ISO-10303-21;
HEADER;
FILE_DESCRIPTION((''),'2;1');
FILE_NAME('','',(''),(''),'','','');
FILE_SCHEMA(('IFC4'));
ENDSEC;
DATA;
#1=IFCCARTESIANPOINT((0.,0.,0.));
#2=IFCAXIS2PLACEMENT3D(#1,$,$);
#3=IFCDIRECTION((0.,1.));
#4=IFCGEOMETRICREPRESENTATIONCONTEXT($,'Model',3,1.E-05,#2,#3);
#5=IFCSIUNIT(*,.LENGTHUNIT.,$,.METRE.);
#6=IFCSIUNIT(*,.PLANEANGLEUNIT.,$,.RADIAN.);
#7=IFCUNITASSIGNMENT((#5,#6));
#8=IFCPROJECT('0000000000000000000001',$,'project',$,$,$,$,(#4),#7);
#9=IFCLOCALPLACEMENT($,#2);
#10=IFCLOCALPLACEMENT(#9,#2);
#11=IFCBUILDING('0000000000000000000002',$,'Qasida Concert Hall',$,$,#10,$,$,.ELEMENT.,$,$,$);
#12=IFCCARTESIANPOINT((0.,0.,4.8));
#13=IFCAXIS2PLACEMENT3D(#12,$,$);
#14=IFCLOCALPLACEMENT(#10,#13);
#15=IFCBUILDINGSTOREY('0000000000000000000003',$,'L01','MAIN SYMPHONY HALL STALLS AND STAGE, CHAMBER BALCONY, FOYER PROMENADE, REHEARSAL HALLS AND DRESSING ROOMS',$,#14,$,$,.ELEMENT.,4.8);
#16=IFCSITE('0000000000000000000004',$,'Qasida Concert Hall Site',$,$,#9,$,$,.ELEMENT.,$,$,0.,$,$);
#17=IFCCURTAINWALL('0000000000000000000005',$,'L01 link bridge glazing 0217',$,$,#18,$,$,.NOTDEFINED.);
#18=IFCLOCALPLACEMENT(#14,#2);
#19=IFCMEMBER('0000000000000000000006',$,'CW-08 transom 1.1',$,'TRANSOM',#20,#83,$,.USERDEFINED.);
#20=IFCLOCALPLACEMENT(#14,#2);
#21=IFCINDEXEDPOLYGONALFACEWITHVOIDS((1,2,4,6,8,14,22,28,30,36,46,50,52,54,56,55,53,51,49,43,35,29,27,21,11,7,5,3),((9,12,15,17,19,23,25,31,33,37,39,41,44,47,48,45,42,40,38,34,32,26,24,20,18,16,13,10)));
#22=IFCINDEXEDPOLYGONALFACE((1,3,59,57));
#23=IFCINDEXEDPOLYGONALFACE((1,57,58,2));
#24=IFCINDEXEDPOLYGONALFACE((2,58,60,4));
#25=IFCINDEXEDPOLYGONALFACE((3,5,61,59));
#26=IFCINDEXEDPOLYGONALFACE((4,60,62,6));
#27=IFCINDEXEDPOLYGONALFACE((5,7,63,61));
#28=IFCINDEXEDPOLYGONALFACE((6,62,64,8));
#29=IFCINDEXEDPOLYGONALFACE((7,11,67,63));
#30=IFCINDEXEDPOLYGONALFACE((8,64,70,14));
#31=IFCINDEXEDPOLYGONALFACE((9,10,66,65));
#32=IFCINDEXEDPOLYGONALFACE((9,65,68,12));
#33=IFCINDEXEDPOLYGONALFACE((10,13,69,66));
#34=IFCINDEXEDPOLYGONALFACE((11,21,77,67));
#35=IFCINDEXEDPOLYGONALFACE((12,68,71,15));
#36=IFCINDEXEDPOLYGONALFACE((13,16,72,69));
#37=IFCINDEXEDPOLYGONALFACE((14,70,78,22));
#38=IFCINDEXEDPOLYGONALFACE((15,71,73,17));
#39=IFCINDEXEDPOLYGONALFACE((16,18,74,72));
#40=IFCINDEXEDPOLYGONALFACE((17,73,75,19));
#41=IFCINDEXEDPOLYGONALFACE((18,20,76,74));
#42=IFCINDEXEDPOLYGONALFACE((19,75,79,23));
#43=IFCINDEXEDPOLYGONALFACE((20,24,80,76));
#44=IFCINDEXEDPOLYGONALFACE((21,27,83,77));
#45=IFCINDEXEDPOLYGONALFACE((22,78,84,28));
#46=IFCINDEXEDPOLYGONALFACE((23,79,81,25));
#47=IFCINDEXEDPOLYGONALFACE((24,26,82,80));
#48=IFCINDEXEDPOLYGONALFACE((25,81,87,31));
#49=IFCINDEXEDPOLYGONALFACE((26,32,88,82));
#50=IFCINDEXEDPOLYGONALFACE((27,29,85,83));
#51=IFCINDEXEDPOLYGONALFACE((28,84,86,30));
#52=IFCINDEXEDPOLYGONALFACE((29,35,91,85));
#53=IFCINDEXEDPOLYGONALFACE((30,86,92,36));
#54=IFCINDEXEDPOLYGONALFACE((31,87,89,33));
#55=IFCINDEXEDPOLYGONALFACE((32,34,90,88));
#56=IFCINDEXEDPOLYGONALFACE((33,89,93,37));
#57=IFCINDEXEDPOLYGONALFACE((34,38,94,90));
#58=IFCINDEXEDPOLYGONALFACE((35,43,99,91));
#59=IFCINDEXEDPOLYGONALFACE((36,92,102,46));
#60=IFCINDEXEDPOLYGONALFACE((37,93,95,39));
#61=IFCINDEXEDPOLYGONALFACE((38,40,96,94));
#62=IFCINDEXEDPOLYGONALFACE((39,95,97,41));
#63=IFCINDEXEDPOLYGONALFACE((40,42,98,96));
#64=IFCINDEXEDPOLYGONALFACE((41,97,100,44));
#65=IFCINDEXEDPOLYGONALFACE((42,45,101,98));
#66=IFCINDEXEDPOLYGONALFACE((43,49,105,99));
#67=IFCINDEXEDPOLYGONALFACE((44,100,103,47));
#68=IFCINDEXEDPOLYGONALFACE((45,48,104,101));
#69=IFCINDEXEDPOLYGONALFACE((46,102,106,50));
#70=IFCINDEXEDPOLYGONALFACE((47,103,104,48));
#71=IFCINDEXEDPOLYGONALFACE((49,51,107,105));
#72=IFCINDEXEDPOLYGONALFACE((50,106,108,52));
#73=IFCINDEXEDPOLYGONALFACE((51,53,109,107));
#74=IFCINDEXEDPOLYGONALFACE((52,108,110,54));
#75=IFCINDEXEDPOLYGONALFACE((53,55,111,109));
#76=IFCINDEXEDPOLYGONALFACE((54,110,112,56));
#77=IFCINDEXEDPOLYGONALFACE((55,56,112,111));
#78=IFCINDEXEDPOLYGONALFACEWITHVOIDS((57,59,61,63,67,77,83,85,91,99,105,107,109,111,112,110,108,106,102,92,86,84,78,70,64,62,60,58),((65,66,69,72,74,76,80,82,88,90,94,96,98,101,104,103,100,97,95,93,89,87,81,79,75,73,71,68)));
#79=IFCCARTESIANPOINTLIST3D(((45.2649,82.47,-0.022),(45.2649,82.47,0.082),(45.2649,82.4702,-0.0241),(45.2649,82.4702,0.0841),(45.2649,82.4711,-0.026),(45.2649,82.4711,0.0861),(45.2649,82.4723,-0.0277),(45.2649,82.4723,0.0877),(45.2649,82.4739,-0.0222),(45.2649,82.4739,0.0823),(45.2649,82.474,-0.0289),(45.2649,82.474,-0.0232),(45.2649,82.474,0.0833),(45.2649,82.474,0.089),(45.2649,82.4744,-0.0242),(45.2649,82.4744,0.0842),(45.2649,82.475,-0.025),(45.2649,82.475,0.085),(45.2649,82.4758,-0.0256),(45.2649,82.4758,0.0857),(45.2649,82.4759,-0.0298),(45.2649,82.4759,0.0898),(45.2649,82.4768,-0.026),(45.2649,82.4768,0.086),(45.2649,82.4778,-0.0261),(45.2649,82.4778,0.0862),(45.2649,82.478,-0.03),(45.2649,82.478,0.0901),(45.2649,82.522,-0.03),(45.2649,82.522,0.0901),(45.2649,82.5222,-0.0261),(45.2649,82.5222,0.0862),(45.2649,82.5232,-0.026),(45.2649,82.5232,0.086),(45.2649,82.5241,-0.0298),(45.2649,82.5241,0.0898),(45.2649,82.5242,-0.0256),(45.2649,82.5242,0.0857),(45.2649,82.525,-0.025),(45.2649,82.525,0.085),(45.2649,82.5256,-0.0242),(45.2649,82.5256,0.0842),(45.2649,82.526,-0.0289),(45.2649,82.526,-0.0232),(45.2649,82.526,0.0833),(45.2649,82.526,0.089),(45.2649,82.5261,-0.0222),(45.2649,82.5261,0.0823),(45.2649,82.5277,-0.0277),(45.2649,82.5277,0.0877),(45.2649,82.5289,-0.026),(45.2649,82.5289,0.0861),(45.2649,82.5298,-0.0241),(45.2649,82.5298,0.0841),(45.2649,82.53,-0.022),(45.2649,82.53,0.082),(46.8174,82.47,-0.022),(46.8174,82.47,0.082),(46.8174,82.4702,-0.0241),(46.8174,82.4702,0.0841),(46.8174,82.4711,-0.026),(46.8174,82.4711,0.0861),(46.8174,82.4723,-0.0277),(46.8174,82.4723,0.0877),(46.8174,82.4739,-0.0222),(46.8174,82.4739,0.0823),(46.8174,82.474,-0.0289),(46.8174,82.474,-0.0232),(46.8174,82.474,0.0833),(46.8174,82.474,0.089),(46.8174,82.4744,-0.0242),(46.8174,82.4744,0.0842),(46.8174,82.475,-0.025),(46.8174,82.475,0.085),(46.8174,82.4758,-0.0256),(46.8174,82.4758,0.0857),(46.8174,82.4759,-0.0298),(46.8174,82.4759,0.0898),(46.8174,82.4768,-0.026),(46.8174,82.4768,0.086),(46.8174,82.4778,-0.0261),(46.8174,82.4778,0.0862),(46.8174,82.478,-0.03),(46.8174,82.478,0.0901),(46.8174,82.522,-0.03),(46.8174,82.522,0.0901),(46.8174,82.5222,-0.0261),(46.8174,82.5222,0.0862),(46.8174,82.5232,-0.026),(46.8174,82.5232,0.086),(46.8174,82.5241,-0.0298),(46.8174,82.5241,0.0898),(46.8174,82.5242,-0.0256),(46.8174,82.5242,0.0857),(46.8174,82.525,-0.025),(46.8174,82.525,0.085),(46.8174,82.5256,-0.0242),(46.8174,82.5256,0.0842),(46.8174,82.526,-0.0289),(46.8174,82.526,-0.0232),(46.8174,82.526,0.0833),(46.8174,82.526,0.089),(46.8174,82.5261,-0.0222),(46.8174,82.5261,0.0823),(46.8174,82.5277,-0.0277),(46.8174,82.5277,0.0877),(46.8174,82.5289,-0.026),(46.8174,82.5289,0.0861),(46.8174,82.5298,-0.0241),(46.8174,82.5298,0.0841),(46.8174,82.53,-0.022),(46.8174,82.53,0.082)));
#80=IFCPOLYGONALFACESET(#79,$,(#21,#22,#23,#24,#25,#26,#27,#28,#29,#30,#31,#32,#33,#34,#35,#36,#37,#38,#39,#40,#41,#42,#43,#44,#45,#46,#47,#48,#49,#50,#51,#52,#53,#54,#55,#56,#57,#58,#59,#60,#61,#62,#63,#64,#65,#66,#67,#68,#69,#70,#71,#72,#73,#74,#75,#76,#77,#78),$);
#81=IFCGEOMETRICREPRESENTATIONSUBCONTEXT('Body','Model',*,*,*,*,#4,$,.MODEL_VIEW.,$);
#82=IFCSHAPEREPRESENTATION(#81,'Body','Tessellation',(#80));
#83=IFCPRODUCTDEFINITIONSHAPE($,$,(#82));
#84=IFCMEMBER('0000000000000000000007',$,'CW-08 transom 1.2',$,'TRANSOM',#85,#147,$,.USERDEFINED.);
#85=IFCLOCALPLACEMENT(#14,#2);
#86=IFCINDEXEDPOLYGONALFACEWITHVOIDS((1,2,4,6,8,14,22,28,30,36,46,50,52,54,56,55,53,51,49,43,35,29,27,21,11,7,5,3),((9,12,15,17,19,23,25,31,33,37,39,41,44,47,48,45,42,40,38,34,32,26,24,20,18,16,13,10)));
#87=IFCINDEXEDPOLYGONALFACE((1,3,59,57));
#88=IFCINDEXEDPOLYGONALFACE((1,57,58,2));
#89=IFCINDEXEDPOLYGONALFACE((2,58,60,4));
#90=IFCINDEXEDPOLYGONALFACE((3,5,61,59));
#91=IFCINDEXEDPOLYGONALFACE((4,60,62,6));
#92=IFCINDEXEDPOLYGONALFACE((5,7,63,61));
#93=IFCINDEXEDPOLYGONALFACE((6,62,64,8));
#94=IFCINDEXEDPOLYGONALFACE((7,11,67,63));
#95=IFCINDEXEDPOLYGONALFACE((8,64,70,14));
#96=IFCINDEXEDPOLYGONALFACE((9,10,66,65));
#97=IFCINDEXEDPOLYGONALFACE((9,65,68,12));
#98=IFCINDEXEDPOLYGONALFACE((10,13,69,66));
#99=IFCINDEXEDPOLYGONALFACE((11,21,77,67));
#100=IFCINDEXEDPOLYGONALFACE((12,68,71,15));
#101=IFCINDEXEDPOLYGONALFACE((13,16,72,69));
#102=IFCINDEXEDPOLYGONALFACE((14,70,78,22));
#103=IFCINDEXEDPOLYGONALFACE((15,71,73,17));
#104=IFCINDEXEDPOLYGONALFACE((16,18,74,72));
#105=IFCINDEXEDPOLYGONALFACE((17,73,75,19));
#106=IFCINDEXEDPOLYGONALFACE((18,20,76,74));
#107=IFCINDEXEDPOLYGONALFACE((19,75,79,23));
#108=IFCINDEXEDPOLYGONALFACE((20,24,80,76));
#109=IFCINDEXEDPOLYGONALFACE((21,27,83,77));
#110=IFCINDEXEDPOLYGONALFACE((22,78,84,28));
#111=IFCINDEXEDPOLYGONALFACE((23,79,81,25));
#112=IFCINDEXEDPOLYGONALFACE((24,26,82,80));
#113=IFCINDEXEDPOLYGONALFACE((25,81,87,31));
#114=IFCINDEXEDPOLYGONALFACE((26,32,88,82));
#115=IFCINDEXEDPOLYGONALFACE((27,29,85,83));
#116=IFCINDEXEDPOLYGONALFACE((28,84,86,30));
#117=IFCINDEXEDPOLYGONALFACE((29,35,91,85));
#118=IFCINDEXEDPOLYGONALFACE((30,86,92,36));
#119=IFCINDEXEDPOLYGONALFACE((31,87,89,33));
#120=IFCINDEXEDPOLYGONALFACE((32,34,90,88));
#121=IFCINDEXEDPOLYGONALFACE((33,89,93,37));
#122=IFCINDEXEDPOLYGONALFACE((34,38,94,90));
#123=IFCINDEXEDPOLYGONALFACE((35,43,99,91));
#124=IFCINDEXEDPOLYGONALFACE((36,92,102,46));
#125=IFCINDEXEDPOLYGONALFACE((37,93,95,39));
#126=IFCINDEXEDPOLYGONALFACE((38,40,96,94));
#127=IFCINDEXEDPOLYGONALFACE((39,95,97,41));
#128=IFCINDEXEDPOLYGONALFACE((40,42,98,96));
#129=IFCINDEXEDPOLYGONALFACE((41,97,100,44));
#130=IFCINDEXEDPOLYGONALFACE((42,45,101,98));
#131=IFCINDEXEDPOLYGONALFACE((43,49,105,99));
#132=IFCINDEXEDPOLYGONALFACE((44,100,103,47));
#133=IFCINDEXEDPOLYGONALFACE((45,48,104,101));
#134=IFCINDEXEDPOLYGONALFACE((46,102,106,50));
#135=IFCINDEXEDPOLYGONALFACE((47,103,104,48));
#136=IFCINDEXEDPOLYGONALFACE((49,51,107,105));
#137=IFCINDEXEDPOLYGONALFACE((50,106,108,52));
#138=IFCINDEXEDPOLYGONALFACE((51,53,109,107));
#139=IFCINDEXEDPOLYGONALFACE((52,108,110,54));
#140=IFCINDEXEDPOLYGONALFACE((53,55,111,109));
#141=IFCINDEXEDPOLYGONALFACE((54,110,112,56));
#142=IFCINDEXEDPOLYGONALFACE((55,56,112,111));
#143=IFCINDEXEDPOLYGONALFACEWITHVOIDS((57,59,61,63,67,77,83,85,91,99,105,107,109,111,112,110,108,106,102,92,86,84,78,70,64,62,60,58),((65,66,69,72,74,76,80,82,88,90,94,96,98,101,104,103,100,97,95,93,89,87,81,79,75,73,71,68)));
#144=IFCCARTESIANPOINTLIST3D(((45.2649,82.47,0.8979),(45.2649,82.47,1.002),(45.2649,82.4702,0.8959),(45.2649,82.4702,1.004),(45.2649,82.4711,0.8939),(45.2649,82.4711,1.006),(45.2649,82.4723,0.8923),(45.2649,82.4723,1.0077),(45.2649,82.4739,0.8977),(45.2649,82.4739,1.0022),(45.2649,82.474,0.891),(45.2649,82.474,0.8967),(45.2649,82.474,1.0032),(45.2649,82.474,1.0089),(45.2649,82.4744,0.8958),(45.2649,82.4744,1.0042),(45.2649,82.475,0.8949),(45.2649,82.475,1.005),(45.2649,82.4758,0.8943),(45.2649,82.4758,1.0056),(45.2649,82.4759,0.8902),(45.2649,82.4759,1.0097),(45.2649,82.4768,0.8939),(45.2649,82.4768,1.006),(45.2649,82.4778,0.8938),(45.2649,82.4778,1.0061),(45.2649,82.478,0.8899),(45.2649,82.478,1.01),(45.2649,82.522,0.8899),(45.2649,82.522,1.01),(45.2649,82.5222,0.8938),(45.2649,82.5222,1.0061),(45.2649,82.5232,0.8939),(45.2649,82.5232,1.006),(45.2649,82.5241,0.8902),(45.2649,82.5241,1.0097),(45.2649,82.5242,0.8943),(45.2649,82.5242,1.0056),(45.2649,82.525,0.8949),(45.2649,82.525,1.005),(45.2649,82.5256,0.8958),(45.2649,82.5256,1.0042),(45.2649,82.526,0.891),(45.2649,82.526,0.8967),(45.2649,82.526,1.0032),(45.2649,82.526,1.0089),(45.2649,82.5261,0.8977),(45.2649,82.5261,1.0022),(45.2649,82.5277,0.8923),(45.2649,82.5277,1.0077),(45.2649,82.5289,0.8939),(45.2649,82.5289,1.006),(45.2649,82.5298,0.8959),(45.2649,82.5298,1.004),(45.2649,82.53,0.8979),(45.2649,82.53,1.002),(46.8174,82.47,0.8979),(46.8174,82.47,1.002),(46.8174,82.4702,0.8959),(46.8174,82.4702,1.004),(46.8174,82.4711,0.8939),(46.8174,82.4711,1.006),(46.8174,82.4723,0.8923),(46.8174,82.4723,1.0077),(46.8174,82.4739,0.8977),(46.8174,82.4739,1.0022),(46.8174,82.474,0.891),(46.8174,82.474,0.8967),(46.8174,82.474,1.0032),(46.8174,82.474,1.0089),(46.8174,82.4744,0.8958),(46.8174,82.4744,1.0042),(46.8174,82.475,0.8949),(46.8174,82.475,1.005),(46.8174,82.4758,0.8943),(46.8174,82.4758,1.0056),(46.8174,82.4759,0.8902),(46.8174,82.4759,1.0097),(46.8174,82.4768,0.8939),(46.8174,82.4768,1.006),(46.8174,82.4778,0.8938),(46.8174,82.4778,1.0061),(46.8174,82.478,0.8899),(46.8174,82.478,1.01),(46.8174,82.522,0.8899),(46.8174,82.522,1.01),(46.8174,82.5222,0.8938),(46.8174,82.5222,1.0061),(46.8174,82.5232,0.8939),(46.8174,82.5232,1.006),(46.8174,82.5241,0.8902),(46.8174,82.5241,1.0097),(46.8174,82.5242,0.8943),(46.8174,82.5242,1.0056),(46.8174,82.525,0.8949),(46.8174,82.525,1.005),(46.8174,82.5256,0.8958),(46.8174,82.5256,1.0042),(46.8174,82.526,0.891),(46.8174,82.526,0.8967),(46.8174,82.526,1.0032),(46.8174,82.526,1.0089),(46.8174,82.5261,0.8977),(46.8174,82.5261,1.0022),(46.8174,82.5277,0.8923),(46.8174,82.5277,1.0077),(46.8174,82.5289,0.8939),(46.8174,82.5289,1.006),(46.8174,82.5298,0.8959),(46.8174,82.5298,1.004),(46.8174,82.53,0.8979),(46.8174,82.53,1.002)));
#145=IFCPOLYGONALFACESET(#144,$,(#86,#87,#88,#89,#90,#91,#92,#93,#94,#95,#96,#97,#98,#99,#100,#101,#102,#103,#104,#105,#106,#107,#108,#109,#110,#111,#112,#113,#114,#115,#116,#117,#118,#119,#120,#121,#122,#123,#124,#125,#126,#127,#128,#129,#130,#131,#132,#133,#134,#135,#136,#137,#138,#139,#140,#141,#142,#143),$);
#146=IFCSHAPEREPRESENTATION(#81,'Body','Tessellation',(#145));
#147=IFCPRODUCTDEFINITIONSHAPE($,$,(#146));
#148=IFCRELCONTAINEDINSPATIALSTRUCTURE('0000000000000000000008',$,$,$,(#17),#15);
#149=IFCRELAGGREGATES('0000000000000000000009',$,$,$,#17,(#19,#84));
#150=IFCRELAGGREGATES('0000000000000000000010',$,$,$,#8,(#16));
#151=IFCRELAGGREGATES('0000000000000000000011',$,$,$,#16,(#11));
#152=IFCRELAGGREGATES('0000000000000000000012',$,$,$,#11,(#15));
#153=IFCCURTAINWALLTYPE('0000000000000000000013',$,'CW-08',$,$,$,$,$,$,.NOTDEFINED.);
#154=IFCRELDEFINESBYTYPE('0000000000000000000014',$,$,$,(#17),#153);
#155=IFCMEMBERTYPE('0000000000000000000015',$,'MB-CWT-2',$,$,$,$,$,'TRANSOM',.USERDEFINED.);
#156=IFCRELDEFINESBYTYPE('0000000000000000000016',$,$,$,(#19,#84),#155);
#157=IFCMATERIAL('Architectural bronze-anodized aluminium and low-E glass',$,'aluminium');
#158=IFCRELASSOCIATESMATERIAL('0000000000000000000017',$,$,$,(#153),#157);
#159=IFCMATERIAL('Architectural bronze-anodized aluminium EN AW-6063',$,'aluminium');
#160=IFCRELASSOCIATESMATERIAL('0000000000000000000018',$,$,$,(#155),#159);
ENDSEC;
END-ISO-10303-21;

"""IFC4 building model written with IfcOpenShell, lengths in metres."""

from ifc_helpers import new_model, si_unit, direction, frame, origin, origin_2d, place, context, subcontext, project, spatial, hollow_rectangle, extrude, material, material_profile, profile_set, type_object, element, aggregate, save


model = new_model("IFC4")

# Units and contexts
model_context = context("Model", 3, precision=1e-05, world=origin(), true_north=direction((0.0, 1.0)))
body_context = subcontext(model_context, "Body", "Model", "MODEL_VIEW")
ifc_project = project(units=[si_unit("LENGTHUNIT", "METRE"), si_unit("PLANEANGLEUNIT", "RADIAN")], contexts=[model_context])

# Site, building, storey
site_placement = place(None, origin())
site = spatial("IfcSite", under=ifc_project, at=site_placement, Name="Qasida Concert Hall Site", CompositionType="ELEMENT", RefElevation=0.0)
building_placement = place(site_placement, origin())
building = spatial("IfcBuilding", under=site, at=building_placement, Name="Qasida Concert Hall", CompositionType="ELEMENT")
storey_placement = place(building_placement, frame((0.0, 0.0, 4.8)))
storey = spatial("IfcBuildingStorey", under=building, at=storey_placement, Name="L01", Description="MAIN SYMPHONY HALL STALLS AND STAGE, CHAMBER BALCONY, FOYER PROMENADE, REHEARSAL HALLS AND DRESSING ROOMS", CompositionType="ELEMENT", Elevation=4.8)

# Curtain wall
ifc_material_1 = material(Name="Architectural bronze-anodized aluminium and low-E glass", Category="aluminium")
curtain_wall_type = type_object("IfcCurtainWallType", Name="CW-08", PredefinedType="NOTDEFINED", material=ifc_material_1)
ifc_material_2 = material(Name="Architectural bronze-anodized aluminium EN AW-6063", Category="aluminium")
curtain_wall_1_placement = place(storey_placement, origin())
curtain_wall_1 = element("IfcCurtainWall", 1, at=curtain_wall_1_placement, inside=storey, type_object=curtain_wall_type, Name="L01 link bridge glazing 0217", PredefinedType="NOTDEFINED")

# Members
ifc_material_profile_1 = material_profile(ifc_material_2, hollow_rectangle(XDim=0.0601, YDim=0.1201, WallThickness=0.0039, InnerFilletRadius=0.0039, OuterFilletRadius=0.0081, at=origin_2d()), Name="CWT 120x60x4")
ifc_profile_set_1 = profile_set([ifc_material_profile_1], Name="Architectural bronze-anodized aluminium EN AW-6063")
member_type_1 = type_object("IfcMemberType", Name="MB-CWT-2", ElementType="TRANSOM", PredefinedType="USERDEFINED", material=ifc_profile_set_1)
member_1_placement = place(storey_placement, frame((45.2649, 82.5, 0.03), z_axis=(1.0, 0.0, 0.0), x_axis=(0.0, 1.0, 0.0)))
member_1 = element("IfcMember", 2, at=member_1_placement, type_object=member_type_1, Name="CW-08 transom 1.1", ObjectType="TRANSOM", PredefinedType="USERDEFINED", context=body_context, shape_type="SweptSolid", body=[
    extrude(hollow_rectangle(XDim=0.0601, YDim=0.1201, WallThickness=0.0039, InnerFilletRadius=0.0039, OuterFilletRadius=0.0081, at=origin_2d()), origin(), (0.0, 0.0, 1.0), 1.5525),
])
member_2_placement = place(storey_placement, frame((45.2649, 82.5, 0.95), z_axis=(1.0, 0.0, 0.0), x_axis=(0.0, 1.0, 0.0)))
member_2 = element("IfcMember", 3, at=member_2_placement, type_object=member_type_1, Name="CW-08 transom 1.2", ObjectType="TRANSOM", PredefinedType="USERDEFINED", context=body_context, shape_type="SweptSolid", body=[
    extrude(hollow_rectangle(XDim=0.0601, YDim=0.1201, WallThickness=0.0039, InnerFilletRadius=0.0039, OuterFilletRadius=0.0081, at=origin_2d()), origin(), (0.0, 0.0, 1.0), 1.5525),
])

aggregate(curtain_wall_1, [member_1, member_2])

save(model, "model.ifc")
